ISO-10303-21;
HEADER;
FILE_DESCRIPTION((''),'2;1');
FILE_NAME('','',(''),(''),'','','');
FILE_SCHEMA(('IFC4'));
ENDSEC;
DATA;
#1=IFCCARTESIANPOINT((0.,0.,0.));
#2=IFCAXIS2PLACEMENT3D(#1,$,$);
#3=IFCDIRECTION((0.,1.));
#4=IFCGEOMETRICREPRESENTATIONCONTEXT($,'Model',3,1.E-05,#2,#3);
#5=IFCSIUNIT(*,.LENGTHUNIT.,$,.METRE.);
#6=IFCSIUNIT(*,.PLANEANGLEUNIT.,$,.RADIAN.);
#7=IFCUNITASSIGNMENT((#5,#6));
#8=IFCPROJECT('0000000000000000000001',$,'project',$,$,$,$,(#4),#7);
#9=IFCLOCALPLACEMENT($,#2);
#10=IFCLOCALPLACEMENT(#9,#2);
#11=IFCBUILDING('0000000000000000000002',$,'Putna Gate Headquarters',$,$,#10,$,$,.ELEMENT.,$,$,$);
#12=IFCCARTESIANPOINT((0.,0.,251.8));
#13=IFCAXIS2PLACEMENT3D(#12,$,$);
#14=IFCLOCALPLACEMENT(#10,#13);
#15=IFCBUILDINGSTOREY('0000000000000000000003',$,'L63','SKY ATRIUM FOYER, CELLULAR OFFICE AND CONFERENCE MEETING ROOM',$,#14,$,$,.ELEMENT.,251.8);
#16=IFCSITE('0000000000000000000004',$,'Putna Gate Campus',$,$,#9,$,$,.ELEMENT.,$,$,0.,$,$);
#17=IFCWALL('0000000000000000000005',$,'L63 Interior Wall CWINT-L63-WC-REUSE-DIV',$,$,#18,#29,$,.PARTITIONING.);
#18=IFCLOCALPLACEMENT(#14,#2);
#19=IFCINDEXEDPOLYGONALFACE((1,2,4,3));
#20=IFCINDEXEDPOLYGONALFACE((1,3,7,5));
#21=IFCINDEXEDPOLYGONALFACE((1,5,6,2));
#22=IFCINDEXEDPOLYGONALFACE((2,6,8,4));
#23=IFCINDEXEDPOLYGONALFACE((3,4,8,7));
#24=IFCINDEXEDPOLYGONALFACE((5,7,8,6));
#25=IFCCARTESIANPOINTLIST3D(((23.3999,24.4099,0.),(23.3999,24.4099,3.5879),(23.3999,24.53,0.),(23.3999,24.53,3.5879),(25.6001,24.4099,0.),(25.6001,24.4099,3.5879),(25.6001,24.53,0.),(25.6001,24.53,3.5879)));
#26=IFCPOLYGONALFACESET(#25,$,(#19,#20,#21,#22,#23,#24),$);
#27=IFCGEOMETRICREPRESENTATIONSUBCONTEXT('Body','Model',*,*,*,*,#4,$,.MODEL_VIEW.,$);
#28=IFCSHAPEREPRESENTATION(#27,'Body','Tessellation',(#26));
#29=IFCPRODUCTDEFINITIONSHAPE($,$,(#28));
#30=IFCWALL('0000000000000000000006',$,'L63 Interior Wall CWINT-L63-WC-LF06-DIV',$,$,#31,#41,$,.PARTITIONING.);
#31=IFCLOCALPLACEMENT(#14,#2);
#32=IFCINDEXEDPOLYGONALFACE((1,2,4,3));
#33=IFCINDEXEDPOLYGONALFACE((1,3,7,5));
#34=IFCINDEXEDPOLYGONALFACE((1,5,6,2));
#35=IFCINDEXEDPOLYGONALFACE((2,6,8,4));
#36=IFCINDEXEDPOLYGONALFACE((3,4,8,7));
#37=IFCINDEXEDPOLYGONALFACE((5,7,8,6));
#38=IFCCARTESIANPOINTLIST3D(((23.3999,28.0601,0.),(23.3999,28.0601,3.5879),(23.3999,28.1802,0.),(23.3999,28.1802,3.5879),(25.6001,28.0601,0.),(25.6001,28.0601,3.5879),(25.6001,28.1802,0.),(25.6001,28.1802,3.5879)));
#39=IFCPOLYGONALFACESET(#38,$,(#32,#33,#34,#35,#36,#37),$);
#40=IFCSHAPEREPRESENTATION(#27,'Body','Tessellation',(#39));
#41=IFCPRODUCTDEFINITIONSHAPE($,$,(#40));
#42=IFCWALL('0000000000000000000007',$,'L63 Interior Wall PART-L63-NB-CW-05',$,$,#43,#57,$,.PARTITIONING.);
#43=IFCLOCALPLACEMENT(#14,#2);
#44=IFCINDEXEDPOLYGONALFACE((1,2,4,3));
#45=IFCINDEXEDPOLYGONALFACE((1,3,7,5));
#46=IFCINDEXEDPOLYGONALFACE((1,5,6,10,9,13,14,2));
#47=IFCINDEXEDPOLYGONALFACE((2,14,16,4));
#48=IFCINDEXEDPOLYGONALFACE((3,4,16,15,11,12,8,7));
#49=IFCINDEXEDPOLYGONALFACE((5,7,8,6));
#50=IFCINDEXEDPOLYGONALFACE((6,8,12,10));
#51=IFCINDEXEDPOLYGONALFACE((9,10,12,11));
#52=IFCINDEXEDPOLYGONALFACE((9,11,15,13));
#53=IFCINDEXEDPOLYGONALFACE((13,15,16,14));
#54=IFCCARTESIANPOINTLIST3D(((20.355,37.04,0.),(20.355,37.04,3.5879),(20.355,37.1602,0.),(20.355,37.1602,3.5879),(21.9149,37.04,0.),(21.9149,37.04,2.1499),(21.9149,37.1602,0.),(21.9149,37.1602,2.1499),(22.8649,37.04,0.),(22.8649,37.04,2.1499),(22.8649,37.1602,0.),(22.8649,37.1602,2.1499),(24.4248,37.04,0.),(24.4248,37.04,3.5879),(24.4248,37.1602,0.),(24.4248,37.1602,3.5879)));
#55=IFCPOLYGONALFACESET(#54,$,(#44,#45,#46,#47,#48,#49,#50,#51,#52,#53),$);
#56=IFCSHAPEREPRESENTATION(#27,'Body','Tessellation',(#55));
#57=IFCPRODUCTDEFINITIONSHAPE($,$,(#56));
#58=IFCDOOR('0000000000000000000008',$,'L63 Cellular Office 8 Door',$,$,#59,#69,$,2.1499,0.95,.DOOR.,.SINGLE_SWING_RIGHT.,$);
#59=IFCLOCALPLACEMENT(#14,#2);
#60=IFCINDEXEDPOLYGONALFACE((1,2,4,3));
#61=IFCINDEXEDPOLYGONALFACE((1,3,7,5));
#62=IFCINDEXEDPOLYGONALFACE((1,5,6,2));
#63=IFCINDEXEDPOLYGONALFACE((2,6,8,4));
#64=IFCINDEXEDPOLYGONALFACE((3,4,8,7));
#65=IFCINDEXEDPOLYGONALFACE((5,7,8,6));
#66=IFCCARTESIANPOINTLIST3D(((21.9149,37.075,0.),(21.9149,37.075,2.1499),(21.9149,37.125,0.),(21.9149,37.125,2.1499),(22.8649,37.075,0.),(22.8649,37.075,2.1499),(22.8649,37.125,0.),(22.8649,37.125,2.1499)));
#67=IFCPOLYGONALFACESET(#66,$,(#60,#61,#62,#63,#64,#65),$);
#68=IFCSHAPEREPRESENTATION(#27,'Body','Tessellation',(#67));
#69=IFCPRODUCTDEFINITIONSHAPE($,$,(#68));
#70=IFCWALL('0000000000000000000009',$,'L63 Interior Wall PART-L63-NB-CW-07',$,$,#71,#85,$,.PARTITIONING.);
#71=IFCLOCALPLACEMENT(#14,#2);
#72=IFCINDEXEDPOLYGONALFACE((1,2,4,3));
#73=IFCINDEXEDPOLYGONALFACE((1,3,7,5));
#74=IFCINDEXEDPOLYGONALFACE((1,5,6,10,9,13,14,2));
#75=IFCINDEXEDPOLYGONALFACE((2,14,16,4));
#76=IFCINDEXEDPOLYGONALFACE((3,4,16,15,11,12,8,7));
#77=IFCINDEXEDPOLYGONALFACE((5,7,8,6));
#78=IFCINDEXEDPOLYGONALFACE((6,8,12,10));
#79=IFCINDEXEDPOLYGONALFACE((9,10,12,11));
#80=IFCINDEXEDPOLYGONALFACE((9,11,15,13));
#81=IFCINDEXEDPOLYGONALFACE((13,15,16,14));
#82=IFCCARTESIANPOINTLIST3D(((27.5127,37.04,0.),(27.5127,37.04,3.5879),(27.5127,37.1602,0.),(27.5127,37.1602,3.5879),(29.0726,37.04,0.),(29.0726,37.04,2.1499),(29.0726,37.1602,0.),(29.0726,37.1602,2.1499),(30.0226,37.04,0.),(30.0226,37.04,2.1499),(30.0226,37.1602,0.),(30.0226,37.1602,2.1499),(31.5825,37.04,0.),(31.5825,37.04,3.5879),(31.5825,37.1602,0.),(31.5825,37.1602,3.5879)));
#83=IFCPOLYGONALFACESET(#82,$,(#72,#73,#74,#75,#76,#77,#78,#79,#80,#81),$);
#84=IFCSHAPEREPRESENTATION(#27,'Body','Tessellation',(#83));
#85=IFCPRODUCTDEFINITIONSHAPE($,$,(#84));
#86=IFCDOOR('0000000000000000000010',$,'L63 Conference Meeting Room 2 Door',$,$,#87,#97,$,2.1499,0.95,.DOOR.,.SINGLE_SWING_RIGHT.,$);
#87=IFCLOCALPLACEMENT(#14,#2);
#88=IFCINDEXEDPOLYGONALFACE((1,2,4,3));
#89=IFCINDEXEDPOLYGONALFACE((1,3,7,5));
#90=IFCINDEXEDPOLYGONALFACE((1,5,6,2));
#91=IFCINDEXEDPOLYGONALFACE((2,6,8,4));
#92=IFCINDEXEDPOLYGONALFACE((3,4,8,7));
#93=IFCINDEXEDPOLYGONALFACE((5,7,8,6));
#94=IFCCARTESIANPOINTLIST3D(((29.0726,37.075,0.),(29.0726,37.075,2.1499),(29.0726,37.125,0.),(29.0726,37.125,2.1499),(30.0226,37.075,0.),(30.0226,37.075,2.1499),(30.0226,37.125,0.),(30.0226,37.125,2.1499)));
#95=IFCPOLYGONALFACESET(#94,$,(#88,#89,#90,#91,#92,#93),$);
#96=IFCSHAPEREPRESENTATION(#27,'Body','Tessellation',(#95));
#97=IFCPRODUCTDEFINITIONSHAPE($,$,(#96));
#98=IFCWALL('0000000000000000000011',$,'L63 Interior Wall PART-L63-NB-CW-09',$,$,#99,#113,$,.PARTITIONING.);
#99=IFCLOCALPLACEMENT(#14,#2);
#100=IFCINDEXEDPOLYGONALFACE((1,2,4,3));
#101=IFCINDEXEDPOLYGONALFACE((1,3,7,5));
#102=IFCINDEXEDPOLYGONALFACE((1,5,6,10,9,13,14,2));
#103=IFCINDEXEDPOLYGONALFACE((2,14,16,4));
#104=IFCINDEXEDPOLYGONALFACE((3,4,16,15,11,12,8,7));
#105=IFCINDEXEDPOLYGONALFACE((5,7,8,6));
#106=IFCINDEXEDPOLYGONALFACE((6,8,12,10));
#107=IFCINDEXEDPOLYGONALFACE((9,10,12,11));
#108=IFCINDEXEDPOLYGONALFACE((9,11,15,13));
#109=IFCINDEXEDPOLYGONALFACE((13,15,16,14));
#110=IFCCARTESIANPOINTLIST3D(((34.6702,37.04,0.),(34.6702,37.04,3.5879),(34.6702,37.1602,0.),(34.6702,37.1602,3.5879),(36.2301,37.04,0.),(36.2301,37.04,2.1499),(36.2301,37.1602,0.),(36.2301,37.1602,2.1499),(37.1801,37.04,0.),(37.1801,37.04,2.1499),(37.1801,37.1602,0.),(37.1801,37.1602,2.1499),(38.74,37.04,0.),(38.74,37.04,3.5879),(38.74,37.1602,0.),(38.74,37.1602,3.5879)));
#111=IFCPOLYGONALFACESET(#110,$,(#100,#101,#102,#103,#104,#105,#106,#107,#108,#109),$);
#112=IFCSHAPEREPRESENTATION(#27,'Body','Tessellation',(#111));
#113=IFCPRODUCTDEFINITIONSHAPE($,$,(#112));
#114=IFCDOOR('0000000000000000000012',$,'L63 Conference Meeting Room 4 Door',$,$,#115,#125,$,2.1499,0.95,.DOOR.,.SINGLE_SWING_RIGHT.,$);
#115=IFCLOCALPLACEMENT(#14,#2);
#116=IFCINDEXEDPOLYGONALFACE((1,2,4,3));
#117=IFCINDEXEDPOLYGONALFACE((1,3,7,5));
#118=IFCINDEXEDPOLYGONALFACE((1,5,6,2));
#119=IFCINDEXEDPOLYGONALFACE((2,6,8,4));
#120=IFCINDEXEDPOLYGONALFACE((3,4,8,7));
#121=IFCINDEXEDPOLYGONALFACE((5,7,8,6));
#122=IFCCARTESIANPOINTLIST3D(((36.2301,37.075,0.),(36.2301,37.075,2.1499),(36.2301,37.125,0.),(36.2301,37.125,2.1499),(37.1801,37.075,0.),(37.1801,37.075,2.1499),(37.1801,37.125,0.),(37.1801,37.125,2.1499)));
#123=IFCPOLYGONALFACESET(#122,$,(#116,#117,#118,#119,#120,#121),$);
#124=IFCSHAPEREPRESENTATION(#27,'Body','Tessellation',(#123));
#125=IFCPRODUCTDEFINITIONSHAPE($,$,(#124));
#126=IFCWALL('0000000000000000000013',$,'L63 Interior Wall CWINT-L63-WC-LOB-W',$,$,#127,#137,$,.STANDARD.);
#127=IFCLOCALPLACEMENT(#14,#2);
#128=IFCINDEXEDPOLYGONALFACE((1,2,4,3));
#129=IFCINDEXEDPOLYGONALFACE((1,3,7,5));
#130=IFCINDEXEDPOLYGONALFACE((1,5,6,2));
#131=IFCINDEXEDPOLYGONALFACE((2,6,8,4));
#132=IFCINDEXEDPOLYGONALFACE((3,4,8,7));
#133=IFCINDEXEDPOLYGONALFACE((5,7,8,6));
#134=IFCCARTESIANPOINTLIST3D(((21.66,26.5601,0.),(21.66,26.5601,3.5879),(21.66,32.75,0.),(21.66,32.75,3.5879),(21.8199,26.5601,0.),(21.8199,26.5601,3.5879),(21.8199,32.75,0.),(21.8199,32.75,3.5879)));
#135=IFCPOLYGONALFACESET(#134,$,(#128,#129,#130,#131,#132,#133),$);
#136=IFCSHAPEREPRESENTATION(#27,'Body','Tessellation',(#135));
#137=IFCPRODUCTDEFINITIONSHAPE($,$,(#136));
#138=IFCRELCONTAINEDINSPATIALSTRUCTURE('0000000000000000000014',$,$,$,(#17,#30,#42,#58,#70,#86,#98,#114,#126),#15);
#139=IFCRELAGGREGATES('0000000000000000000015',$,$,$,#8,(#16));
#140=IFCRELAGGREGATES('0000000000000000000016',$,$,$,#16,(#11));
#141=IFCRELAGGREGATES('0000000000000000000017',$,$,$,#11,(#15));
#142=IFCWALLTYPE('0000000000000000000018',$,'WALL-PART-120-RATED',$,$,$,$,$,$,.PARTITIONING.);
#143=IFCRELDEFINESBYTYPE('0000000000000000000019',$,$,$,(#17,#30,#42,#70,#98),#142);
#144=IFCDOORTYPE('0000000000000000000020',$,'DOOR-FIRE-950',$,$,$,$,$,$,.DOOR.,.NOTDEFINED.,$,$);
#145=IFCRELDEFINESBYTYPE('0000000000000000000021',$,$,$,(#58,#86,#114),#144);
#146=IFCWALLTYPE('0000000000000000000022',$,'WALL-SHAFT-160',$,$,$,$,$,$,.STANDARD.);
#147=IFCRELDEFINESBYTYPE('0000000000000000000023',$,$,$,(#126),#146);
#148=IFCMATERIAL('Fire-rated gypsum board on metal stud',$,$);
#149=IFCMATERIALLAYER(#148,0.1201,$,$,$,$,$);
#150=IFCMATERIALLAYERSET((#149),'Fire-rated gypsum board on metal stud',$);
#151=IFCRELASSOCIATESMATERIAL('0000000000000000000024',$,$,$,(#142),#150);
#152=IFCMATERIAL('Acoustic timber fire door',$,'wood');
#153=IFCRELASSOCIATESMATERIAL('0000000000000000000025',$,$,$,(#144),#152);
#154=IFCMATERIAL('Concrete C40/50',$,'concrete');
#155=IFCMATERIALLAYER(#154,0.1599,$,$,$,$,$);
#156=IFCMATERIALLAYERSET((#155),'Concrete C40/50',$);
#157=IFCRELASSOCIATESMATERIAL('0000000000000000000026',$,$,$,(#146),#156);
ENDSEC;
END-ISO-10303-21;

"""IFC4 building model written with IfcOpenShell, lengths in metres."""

from ifc_helpers import new_model, si_unit, direction, frame, frame_2d, origin, place, context, subcontext, project, spatial, rectangle, extrude, material, layer, layer_set, type_object, element, fill, save


model = new_model("IFC4")

# Units and contexts
model_context = context("Model", 3, precision=1e-05, world=origin(), true_north=direction((0.0, 1.0)))
body_context = subcontext(model_context, "Body", "Model", "MODEL_VIEW")
ifc_project = project(units=[si_unit("LENGTHUNIT", "METRE"), si_unit("PLANEANGLEUNIT", "RADIAN")], contexts=[model_context])

# Site, building, storey
site_placement = place(None, origin())
site = spatial("IfcSite", under=ifc_project, at=site_placement, Name="Putna Gate Campus", CompositionType="ELEMENT", RefElevation=0.0)
building_placement = place(site_placement, origin())
building = spatial("IfcBuilding", under=site, at=building_placement, Name="Putna Gate Headquarters", CompositionType="ELEMENT")
storey_placement = place(building_placement, frame((0.0, 0.0, 251.8)))
storey = spatial("IfcBuildingStorey", under=building, at=storey_placement, Name="L63", Description="SKY ATRIUM FOYER, CELLULAR OFFICE AND CONFERENCE MEETING ROOM", CompositionType="ELEMENT", Elevation=251.8)

# Walls
ifc_material_1 = material(Name="Fire-rated gypsum board on metal stud")
ifc_layer_1 = layer(ifc_material_1, 0.1201)
ifc_layer_set_1 = layer_set([ifc_layer_1], Name="Fire-rated gypsum board on metal stud")
wall_type_1 = type_object("IfcWallType", Name="WALL-PART-120-RATED", PredefinedType="PARTITIONING", material=ifc_layer_set_1)
for number, where, z_axis, x_axis, name in (
    (1, (23.3999, 24.47, 0.0), (0.0, 0.0, 1.0), (1.0, 0.0, 0.0), "L63 Interior Wall CWINT-L63-WC-REUSE-DIV"),
    (2, (23.3999, 28.1201, 0.0), (0.0, 0.0, 1.0), (1.0, 0.0, 0.0), "L63 Interior Wall CWINT-L63-WC-LF06-DIV"),
):
    element("IfcWall", number, at=place(storey_placement, frame(where, z_axis=z_axis, x_axis=x_axis)), inside=storey, type_object=wall_type_1, Name=name, PredefinedType="PARTITIONING", context=body_context, shape_type="SweptSolid", body=[
        extrude(rectangle(XDim=2.2002, YDim=0.1201, at=frame_2d((1.1001, 0.0))), origin(), (0.0, 0.0, 1.0), 3.5879),
    ])

# Walls, openings, doors
wall_1_placement = place(storey_placement, frame((20.355, 37.1001, 0.0), z_axis=(0.0, 0.0, 1.0), x_axis=(1.0, 0.0, 0.0)))
wall_1 = element("IfcWall", 3, at=wall_1_placement, inside=storey, type_object=wall_type_1, Name="L63 Interior Wall PART-L63-NB-CW-05", PredefinedType="PARTITIONING", context=body_context, shape_type="SweptSolid", body=[
    extrude(rectangle(XDim=4.0698, YDim=0.1201, at=frame_2d((2.0349, 0.0))), origin(), (0.0, 0.0, 1.0), 3.5879),
])
opening_1_placement = place(wall_1_placement, frame((1.5598, 0.0, 0.0)))
opening_1 = element("IfcOpeningElement", 4, at=opening_1_placement, cuts=wall_1, PredefinedType="OPENING", context=body_context, shape_type="SweptSolid", body=[
    extrude(rectangle(XDim=0.95, YDim=2.1499, at=frame_2d((0.4751, 1.075))), frame((0.0, 0.0701, 0.0), z_axis=(0.0, -1.0, 0.0), x_axis=(1.0, 0.0, 0.0)), (0.0, 0.0, 1.0), 0.1401),
])
ifc_material_2 = material(Name="Acoustic timber fire door", Category="wood")
door_type = type_object("IfcDoorType", Name="DOOR-FIRE-950", OperationType="NOTDEFINED", PredefinedType="DOOR", material=ifc_material_2)
door_1_placement = place(opening_1_placement, origin())
door_1 = element("IfcDoor", 5, at=door_1_placement, inside=storey, type_object=door_type, Name="L63 Cellular Office 8 Door", OperationType="SINGLE_SWING_RIGHT", OverallHeight=2.1499, OverallWidth=0.95, PredefinedType="DOOR", context=body_context, shape_type="SweptSolid", body=[
    extrude(rectangle(XDim=0.95, YDim=2.1499, at=frame_2d((0.4751, 1.075))), frame((0.0, 0.0249, 0.0), z_axis=(0.0, -1.0, 0.0), x_axis=(1.0, 0.0, 0.0)), (0.0, 0.0, 1.0), 0.05),
])
fill(opening_1, door_1)
wall_2_placement = place(storey_placement, frame((27.5127, 37.1001, 0.0), z_axis=(0.0, 0.0, 1.0), x_axis=(1.0, 0.0, 0.0)))
wall_2 = element("IfcWall", 6, at=wall_2_placement, inside=storey, type_object=wall_type_1, Name="L63 Interior Wall PART-L63-NB-CW-07", PredefinedType="PARTITIONING", context=body_context, shape_type="SweptSolid", body=[
    extrude(rectangle(XDim=4.0698, YDim=0.1201, at=frame_2d((2.0349, 0.0))), origin(), (0.0, 0.0, 1.0), 3.5879),
])
opening_2_placement = place(wall_2_placement, frame((1.5598, 0.0, 0.0)))
opening_2 = element("IfcOpeningElement", 7, at=opening_2_placement, cuts=wall_2, PredefinedType="OPENING", context=body_context, shape_type="SweptSolid", body=[
    extrude(rectangle(XDim=0.95, YDim=2.1499, at=frame_2d((0.4751, 1.075))), frame((0.0, 0.0701, 0.0), z_axis=(0.0, -1.0, 0.0), x_axis=(1.0, 0.0, 0.0)), (0.0, 0.0, 1.0), 0.1401),
])
door_2_placement = place(opening_2_placement, origin())
door_2 = element("IfcDoor", 8, at=door_2_placement, inside=storey, type_object=door_type, Name="L63 Conference Meeting Room 2 Door", OperationType="SINGLE_SWING_RIGHT", OverallHeight=2.1499, OverallWidth=0.95, PredefinedType="DOOR", context=body_context, shape_type="SweptSolid", body=[
    extrude(rectangle(XDim=0.95, YDim=2.1499, at=frame_2d((0.4751, 1.075))), frame((0.0, 0.0249, 0.0), z_axis=(0.0, -1.0, 0.0), x_axis=(1.0, 0.0, 0.0)), (0.0, 0.0, 1.0), 0.05),
])
fill(opening_2, door_2)
wall_3_placement = place(storey_placement, frame((34.6702, 37.1001, 0.0), z_axis=(0.0, 0.0, 1.0), x_axis=(1.0, 0.0, 0.0)))
wall_3 = element("IfcWall", 9, at=wall_3_placement, inside=storey, type_object=wall_type_1, Name="L63 Interior Wall PART-L63-NB-CW-09", PredefinedType="PARTITIONING", context=body_context, shape_type="SweptSolid", body=[
    extrude(rectangle(XDim=4.0698, YDim=0.1201, at=frame_2d((2.0349, 0.0))), origin(), (0.0, 0.0, 1.0), 3.5879),
])
opening_3_placement = place(wall_3_placement, frame((1.5598, 0.0, 0.0)))
opening_3 = element("IfcOpeningElement", 10, at=opening_3_placement, cuts=wall_3, PredefinedType="OPENING", context=body_context, shape_type="SweptSolid", body=[
    extrude(rectangle(XDim=0.95, YDim=2.1499, at=frame_2d((0.4751, 1.075))), frame((0.0, 0.0701, 0.0), z_axis=(0.0, -1.0, 0.0), x_axis=(1.0, 0.0, 0.0)), (0.0, 0.0, 1.0), 0.1401),
])
door_3_placement = place(opening_3_placement, origin())
door_3 = element("IfcDoor", 11, at=door_3_placement, inside=storey, type_object=door_type, Name="L63 Conference Meeting Room 4 Door", OperationType="SINGLE_SWING_RIGHT", OverallHeight=2.1499, OverallWidth=0.95, PredefinedType="DOOR", context=body_context, shape_type="SweptSolid", body=[
    extrude(rectangle(XDim=0.95, YDim=2.1499, at=frame_2d((0.4751, 1.075))), frame((0.0, 0.0249, 0.0), z_axis=(0.0, -1.0, 0.0), x_axis=(1.0, 0.0, 0.0)), (0.0, 0.0, 1.0), 0.05),
])
fill(opening_3, door_3)

# Wall
ifc_material_3 = material(Name="Concrete C40/50", Category="concrete")
ifc_layer_2 = layer(ifc_material_3, 0.1599)
ifc_layer_set_2 = layer_set([ifc_layer_2], Name="Concrete C40/50")
wall_type_2 = type_object("IfcWallType", Name="WALL-SHAFT-160", PredefinedType="STANDARD", material=ifc_layer_set_2)
wall_4_placement = place(storey_placement, frame((21.74, 26.5601, 0.0), z_axis=(0.0, 0.0, 1.0), x_axis=(0.0, 1.0, 0.0)))
element("IfcWall", 12, at=wall_4_placement, inside=storey, type_object=wall_type_2, Name="L63 Interior Wall CWINT-L63-WC-LOB-W", PredefinedType="STANDARD", context=body_context, shape_type="SweptSolid", body=[
    extrude(rectangle(XDim=6.1899, YDim=0.1599, at=frame_2d((3.095, 0.0))), origin(), (0.0, 0.0, 1.0), 3.5879),
])

save(model, "model.ifc")
